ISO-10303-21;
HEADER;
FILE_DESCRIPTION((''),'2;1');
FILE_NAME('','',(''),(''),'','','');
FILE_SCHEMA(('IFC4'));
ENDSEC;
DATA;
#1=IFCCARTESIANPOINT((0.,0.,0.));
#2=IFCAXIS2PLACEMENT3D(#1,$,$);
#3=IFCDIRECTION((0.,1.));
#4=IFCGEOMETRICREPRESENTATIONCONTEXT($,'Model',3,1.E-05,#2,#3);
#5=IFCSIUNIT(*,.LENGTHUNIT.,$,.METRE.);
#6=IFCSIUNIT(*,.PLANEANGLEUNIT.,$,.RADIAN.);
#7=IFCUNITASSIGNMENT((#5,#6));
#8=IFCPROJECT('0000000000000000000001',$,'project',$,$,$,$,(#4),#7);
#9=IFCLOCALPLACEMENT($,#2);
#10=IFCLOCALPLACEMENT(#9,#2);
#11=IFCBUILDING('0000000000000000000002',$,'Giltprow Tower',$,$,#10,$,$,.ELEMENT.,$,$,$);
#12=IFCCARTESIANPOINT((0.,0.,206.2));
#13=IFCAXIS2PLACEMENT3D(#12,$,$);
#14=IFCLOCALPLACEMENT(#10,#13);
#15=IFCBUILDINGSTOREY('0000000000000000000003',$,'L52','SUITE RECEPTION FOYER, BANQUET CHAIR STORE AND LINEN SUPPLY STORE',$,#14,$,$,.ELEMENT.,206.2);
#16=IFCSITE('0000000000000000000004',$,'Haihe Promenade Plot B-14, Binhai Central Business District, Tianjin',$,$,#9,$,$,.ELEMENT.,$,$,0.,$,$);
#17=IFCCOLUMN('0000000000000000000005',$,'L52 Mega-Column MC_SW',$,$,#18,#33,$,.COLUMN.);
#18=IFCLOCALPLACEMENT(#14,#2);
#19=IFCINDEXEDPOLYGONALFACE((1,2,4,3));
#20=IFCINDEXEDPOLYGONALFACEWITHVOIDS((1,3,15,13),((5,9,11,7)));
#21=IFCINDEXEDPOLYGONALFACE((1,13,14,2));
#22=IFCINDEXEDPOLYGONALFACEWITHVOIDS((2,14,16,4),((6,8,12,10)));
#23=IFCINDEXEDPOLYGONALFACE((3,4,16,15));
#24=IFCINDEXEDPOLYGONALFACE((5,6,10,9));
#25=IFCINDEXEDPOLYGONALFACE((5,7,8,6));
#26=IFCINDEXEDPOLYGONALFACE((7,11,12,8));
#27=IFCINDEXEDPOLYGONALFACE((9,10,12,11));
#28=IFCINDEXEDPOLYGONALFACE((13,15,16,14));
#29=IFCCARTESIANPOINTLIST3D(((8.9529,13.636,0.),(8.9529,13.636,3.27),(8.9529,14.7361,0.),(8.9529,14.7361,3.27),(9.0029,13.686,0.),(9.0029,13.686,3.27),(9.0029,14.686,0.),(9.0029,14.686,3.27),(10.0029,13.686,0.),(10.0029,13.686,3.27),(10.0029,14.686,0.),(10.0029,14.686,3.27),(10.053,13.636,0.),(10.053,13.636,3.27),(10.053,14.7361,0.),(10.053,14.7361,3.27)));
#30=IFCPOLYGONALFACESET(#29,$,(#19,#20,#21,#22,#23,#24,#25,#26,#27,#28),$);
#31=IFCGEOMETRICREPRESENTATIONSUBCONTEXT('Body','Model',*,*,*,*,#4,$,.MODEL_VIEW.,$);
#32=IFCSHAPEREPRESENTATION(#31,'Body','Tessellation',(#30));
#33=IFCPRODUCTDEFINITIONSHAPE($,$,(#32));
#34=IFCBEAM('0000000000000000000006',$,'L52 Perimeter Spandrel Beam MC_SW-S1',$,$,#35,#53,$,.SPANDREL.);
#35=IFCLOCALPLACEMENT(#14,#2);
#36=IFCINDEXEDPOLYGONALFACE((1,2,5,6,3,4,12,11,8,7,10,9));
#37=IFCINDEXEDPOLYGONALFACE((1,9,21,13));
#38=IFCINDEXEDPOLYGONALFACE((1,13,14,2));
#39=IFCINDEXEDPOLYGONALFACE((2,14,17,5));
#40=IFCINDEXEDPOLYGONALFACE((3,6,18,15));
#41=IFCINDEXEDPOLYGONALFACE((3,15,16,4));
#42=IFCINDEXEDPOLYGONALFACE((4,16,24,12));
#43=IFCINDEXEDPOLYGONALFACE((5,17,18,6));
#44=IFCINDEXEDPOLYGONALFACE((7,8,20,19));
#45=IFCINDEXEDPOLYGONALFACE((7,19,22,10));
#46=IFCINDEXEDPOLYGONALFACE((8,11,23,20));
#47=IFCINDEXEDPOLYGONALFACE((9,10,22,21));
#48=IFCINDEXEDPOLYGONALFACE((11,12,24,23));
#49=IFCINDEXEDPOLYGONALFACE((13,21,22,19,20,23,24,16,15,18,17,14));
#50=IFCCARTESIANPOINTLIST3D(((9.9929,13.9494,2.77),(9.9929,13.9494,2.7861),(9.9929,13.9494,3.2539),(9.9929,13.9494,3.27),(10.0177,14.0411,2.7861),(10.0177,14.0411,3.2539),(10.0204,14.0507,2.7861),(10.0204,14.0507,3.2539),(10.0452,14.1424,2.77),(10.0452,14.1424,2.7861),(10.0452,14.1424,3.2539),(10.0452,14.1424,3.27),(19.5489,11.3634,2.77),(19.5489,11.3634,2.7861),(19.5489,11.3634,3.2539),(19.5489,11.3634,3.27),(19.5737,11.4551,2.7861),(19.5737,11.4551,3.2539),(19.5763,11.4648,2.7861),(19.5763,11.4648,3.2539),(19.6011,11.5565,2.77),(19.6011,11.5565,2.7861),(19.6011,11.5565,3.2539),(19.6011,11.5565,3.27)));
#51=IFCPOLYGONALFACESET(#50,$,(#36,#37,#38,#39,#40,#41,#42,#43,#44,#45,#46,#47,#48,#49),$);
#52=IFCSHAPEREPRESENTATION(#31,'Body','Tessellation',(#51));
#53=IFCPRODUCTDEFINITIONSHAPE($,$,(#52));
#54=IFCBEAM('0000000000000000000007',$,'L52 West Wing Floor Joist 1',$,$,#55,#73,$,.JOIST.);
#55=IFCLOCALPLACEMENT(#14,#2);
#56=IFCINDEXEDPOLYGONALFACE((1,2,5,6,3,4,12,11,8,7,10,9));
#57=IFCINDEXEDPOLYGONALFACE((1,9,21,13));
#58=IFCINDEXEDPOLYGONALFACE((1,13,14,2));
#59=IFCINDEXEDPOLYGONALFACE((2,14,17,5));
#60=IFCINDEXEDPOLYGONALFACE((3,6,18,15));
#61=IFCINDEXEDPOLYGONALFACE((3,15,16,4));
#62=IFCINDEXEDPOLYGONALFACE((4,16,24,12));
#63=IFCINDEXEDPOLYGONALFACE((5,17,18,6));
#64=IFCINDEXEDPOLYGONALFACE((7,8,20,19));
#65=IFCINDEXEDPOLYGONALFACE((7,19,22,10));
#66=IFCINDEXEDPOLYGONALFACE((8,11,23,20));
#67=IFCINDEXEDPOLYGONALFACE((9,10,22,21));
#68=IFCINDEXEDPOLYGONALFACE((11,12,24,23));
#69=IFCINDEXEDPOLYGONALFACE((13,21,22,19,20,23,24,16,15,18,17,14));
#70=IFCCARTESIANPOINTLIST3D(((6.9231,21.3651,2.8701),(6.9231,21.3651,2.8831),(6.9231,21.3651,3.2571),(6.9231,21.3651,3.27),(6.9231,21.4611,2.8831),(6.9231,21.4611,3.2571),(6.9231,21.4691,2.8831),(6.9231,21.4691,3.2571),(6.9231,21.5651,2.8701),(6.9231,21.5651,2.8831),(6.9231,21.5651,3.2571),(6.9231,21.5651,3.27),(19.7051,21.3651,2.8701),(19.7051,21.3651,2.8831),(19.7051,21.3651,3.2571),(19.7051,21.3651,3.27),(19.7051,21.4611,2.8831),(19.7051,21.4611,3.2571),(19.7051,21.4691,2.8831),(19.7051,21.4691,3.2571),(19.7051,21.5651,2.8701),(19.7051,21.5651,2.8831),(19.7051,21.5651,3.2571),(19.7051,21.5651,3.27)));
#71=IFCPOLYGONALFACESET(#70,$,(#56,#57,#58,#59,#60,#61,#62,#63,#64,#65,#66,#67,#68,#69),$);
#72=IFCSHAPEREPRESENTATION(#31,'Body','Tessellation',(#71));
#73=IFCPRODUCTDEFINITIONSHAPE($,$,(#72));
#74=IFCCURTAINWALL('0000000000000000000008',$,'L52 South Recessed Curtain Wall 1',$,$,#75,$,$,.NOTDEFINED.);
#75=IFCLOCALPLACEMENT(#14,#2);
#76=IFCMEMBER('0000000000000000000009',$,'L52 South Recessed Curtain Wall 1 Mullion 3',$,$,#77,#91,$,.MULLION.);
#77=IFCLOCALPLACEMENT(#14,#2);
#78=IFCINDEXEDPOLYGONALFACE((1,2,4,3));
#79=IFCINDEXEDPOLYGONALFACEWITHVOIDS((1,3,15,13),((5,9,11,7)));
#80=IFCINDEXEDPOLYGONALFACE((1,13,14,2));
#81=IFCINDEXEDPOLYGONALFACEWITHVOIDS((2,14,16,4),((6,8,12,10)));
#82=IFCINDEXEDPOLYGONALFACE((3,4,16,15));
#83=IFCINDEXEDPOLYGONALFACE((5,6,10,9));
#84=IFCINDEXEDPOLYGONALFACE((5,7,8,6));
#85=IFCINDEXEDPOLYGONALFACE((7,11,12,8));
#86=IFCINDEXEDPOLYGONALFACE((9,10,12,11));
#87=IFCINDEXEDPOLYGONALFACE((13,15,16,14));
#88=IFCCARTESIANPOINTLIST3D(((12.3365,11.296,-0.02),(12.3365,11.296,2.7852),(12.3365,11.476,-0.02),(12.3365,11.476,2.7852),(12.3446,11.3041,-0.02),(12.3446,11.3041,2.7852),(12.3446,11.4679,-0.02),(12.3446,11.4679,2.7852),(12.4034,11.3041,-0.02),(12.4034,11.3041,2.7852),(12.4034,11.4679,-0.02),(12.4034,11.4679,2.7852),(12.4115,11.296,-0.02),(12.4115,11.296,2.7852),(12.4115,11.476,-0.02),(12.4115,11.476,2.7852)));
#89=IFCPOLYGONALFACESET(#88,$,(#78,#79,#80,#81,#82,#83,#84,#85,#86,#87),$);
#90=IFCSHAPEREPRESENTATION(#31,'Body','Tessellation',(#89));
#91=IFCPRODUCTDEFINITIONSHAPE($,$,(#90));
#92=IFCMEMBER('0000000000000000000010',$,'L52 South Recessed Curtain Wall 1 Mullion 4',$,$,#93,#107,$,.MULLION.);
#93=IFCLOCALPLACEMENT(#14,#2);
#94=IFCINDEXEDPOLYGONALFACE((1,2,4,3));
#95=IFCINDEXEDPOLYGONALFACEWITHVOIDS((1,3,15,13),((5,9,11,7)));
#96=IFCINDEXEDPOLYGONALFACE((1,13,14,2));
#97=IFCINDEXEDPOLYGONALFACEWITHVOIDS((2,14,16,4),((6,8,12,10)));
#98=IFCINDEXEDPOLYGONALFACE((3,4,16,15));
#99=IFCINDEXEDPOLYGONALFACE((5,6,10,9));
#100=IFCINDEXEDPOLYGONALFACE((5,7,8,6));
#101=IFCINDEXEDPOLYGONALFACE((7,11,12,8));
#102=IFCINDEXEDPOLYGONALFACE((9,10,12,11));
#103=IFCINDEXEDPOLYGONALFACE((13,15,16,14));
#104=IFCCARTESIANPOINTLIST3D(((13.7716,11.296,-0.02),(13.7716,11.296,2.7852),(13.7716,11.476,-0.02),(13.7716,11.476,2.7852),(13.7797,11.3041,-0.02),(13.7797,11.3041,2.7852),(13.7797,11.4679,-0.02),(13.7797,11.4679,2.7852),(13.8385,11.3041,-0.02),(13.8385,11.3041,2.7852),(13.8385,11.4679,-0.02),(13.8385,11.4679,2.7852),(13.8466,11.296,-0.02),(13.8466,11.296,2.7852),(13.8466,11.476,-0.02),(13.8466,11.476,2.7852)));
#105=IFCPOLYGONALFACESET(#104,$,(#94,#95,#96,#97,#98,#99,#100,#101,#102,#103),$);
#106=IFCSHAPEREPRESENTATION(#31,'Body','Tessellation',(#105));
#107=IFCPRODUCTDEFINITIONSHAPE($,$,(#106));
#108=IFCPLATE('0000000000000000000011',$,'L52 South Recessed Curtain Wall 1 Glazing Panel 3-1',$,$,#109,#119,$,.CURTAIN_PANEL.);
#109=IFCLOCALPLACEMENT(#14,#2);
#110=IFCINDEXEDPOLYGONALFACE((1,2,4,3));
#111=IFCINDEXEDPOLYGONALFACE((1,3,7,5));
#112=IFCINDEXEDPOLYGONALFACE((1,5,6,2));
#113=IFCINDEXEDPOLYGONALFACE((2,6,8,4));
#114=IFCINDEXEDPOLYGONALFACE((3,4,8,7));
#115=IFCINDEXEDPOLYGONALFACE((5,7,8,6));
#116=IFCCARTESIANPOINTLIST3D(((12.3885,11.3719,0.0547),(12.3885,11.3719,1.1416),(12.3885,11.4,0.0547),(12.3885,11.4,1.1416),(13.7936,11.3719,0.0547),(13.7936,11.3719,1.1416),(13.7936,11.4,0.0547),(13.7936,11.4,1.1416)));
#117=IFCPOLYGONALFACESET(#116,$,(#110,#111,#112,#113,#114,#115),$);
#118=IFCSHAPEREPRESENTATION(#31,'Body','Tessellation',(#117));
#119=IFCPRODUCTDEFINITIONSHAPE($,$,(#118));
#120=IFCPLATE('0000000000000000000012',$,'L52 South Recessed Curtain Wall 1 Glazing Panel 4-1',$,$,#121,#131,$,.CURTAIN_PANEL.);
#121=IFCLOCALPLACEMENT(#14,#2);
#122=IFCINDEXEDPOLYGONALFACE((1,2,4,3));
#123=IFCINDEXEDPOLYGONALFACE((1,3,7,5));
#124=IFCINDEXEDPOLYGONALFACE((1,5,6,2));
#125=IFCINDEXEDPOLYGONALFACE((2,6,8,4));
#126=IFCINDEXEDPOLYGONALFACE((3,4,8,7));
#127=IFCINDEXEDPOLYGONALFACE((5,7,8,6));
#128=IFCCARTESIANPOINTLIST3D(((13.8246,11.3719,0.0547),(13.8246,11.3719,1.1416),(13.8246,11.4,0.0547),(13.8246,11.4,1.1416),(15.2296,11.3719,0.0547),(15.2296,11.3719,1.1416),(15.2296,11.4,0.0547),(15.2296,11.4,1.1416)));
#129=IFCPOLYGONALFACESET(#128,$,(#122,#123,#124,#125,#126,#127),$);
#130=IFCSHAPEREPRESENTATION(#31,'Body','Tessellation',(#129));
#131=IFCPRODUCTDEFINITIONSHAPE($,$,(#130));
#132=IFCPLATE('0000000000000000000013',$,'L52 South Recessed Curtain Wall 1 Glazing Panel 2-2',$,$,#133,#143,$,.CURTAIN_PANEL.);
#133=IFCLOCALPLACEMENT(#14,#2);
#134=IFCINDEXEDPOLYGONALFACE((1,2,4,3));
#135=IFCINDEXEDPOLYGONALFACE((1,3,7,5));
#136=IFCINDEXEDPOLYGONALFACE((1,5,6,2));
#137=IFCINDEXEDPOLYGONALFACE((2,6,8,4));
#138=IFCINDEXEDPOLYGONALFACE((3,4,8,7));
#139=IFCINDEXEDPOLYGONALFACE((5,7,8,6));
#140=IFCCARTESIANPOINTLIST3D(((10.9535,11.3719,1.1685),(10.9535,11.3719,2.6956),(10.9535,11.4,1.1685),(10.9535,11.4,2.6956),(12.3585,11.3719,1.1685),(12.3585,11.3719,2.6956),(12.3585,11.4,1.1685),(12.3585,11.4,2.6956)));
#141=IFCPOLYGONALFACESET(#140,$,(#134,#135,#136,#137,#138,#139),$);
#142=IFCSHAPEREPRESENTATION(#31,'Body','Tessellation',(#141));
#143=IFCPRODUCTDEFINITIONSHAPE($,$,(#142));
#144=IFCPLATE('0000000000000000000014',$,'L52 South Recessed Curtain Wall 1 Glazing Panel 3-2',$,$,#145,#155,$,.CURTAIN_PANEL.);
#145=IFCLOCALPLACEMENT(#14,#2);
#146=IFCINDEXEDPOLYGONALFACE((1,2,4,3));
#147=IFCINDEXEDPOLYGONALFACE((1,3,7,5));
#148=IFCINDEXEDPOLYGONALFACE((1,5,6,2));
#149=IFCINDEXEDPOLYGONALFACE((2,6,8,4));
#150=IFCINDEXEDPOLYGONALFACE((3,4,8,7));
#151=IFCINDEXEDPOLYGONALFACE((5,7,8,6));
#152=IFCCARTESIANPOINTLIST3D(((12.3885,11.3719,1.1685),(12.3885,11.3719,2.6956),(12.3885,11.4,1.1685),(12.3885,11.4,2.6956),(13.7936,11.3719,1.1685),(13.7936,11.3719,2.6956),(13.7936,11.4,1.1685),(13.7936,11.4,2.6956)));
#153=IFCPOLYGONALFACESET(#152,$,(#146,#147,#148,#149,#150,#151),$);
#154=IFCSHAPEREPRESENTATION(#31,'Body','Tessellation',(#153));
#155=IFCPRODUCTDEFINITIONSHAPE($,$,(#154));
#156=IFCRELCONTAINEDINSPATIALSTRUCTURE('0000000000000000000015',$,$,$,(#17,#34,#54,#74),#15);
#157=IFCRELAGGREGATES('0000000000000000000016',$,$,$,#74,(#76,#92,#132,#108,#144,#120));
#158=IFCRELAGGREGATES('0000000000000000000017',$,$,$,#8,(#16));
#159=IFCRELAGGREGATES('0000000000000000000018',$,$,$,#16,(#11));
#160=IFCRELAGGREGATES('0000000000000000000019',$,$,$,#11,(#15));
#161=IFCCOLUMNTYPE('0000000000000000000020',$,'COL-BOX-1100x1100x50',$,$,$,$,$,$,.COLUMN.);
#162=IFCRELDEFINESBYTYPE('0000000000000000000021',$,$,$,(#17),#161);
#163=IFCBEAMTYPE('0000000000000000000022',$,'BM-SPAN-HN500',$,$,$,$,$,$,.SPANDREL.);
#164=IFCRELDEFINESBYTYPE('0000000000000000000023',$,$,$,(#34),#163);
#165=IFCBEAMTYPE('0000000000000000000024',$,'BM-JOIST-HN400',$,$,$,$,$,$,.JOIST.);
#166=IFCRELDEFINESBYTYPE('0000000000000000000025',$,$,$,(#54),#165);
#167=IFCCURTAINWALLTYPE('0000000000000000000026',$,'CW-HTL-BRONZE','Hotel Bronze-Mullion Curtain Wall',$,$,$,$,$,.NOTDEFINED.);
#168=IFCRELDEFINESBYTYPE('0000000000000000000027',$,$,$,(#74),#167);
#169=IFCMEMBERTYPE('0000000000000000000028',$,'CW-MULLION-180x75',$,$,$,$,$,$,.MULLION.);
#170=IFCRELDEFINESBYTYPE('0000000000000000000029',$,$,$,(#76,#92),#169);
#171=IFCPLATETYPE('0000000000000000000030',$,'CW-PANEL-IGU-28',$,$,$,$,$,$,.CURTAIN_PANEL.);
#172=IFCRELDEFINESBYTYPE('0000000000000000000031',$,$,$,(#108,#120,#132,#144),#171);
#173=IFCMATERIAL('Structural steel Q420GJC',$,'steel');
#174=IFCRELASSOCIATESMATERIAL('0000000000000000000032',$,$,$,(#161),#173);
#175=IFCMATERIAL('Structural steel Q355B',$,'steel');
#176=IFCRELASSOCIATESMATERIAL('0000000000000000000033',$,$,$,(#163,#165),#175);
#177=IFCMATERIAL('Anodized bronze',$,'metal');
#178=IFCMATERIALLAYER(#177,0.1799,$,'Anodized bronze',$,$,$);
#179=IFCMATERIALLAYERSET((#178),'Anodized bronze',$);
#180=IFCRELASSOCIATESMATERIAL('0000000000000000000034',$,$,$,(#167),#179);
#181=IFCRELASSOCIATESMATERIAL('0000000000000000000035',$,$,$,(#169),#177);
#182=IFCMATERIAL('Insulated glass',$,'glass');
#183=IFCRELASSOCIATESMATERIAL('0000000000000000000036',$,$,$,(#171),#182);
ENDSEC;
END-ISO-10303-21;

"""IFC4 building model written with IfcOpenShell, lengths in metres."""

from ifc_helpers import new_model, si_unit, direction, frame, origin, origin_2d, place, context, subcontext, project, spatial, rectangle, hollow_rectangle, i_section, extrude, source, transform, mapped, material, layer, layer_set, material_profile, profile_set, type_object, element, aggregate, save


model = new_model("IFC4")

# Units and contexts
model_context = context("Model", 3, precision=1e-05, world=origin(), true_north=direction((0.0, 1.0)))
body_context = subcontext(model_context, "Body", "Model", "MODEL_VIEW")
ifc_project = project(units=[si_unit("LENGTHUNIT", "METRE"), si_unit("PLANEANGLEUNIT", "RADIAN")], contexts=[model_context])

# Site, building, storey
site_placement = place(None, origin())
site = spatial("IfcSite", under=ifc_project, at=site_placement, Name="Haihe Promenade Plot B-14, Binhai Central Business District, Tianjin", CompositionType="ELEMENT", RefElevation=0.0)
building_placement = place(site_placement, origin())
building = spatial("IfcBuilding", under=site, at=building_placement, Name="Giltprow Tower", CompositionType="ELEMENT")
storey_placement = place(building_placement, frame((0.0, 0.0, 206.2)))
storey = spatial("IfcBuildingStorey", under=building, at=storey_placement, Name="L52", Description="SUITE RECEPTION FOYER, BANQUET CHAIR STORE AND LINEN SUPPLY STORE", CompositionType="ELEMENT", Elevation=206.2)

# Column
ifc_material_1 = material(Name="Structural steel Q420GJC", Category="steel")
ifc_material_profile_1 = material_profile(ifc_material_1, hollow_rectangle(XDim=1.1001, YDim=1.1001, WallThickness=0.05, at=origin_2d()), Name="BOX 1100x1100x50")
ifc_profile_set_1 = profile_set([ifc_material_profile_1], Name="Structural steel Q420GJC")
column_type = type_object("IfcColumnType", Name="COL-BOX-1100x1100x50", PredefinedType="COLUMN", material=ifc_profile_set_1)
shared_shape_1 = source(origin(), body_context, "Body", "SweptSolid", [
    extrude(hollow_rectangle(XDim=1.1001, YDim=1.1001, WallThickness=0.05, at=origin_2d()), origin(), (0.0, 0.0, 1.0), 3.27),
])
column_placement = place(storey_placement, frame((9.5029, 14.186, 0.0), z_axis=(0.0, 0.0, 1.0), x_axis=(1.0, 0.0, 0.0)))
element("IfcColumn", 1, at=column_placement, inside=storey, type_object=column_type, Name="L52 Mega-Column MC_SW", PredefinedType="COLUMN", context=body_context, shape_type="MappedRepresentation", body=[
    mapped(shared_shape_1, transform((0.0, 0.0, 0.0), x_axis=(1.0, 0.0, 0.0), y_axis=(0.0, 1.0, 0.0), z_axis=(0.0, 0.0, 1.0), scale=1.0)),
])

# Beams
ifc_material_2 = material(Name="Structural steel Q355B", Category="steel")
ifc_material_profile_2 = material_profile(ifc_material_2, i_section(OverallWidth=0.2, OverallDepth=0.5, WebThickness=0.01, FlangeThickness=0.0161, at=origin_2d()), Name="HN 500x200x10x16")
ifc_profile_set_2 = profile_set([ifc_material_profile_2], Name="Structural steel Q355B")
beam_type_1 = type_object("IfcBeamType", Name="BM-SPAN-HN500", PredefinedType="SPANDREL", material=ifc_profile_set_2)
shared_shape_2 = source(origin(), body_context, "Body", "SweptSolid", [
    extrude(i_section(OverallWidth=0.2, OverallDepth=0.5, WebThickness=0.01, FlangeThickness=0.0161, at=origin_2d()), origin(), (0.0, 0.0, 1.0), 9.8997),
])
beam_1_placement = place(storey_placement, frame((10.019, 14.0459, 3.02), z_axis=(0.96528, -0.261216, 0.0), x_axis=(0.261216, 0.96528, 0.0)))
element("IfcBeam", 2, at=beam_1_placement, inside=storey, type_object=beam_type_1, Name="L52 Perimeter Spandrel Beam MC_SW-S1", PredefinedType="SPANDREL", context=body_context, shape_type="MappedRepresentation", body=[
    mapped(shared_shape_2, transform((0.0, 0.0, 0.0), x_axis=(1.0, 0.0, 0.0), y_axis=(0.0, 1.0, 0.0), z_axis=(0.0, 0.0, 1.0), scale=1.0)),
])
ifc_material_profile_3 = material_profile(ifc_material_2, i_section(OverallWidth=0.2, OverallDepth=0.3999, WebThickness=0.0081, FlangeThickness=0.0129, at=origin_2d()), Name="HN 400x200x8x13")
ifc_profile_set_3 = profile_set([ifc_material_profile_3], Name="Structural steel Q355B")
beam_type_2 = type_object("IfcBeamType", Name="BM-JOIST-HN400", PredefinedType="JOIST", material=ifc_profile_set_3)
shared_shape_3 = source(origin(), body_context, "Body", "SweptSolid", [
    extrude(i_section(OverallWidth=0.2, OverallDepth=0.3999, WebThickness=0.0081, FlangeThickness=0.0129, at=origin_2d()), origin(), (0.0, 0.0, 1.0), 12.782),
])
beam_2_placement = place(storey_placement, frame((6.9231, 21.4651, 3.0701), z_axis=(1.0, 0.0, 0.0), x_axis=(0.0, 1.0, 0.0)))
element("IfcBeam", 3, at=beam_2_placement, inside=storey, type_object=beam_type_2, Name="L52 West Wing Floor Joist 1", PredefinedType="JOIST", context=body_context, shape_type="MappedRepresentation", body=[
    mapped(shared_shape_3, transform((0.0, 0.0, 0.0), x_axis=(1.0, 0.0, 0.0), y_axis=(0.0, 1.0, 0.0), z_axis=(0.0, 0.0, 1.0), scale=1.0)),
])

# Curtain wall, members, plates
ifc_material_3 = material(Name="Anodized bronze", Category="metal")
ifc_layer_1 = layer(ifc_material_3, 0.1799, Name="Anodized bronze")
ifc_layer_set_1 = layer_set([ifc_layer_1], Name="Anodized bronze")
curtain_wall_type = type_object("IfcCurtainWallType", Name="CW-HTL-BRONZE", Description="Hotel Bronze-Mullion Curtain Wall", PredefinedType="NOTDEFINED", material=ifc_layer_set_1)
curtain_wall_placement = place(storey_placement, origin())
curtain_wall = element("IfcCurtainWall", 4, at=curtain_wall_placement, inside=storey, type_object=curtain_wall_type, Name="L52 South Recessed Curtain Wall 1", PredefinedType="NOTDEFINED")
ifc_material_profile_4 = material_profile(ifc_material_3, hollow_rectangle(XDim=0.075, YDim=0.1799, WallThickness=0.0081, at=origin_2d()), Name="RHS 180x75x8")
ifc_profile_set_4 = profile_set([ifc_material_profile_4], Name="Anodized bronze")
member_type = type_object("IfcMemberType", Name="CW-MULLION-180x75", PredefinedType="MULLION", material=ifc_profile_set_4)
shared_shape_4 = source(origin(), body_context, "Body", "SweptSolid", [
    extrude(hollow_rectangle(XDim=0.075, YDim=0.1799, WallThickness=0.0081, at=origin_2d()), origin(), (0.0, 0.0, 1.0), 2.8052),
])
member_1_placement = place(storey_placement, frame((12.374, 11.386, -0.02), z_axis=(0.0, 0.0, 1.0), x_axis=(1.0, 0.0, 0.0)))
member_1 = element("IfcMember", 5, at=member_1_placement, type_object=member_type, Name="L52 South Recessed Curtain Wall 1 Mullion 3", PredefinedType="MULLION", context=body_context, shape_type="MappedRepresentation", body=[
    mapped(shared_shape_4, transform((0.0, 0.0, 0.0), x_axis=(1.0, 0.0, 0.0), y_axis=(0.0, 1.0, 0.0), z_axis=(0.0, 0.0, 1.0), scale=1.0)),
])
member_2_placement = place(storey_placement, frame((13.8091, 11.386, -0.02), z_axis=(0.0, 0.0, 1.0), x_axis=(1.0, 0.0, 0.0)))
member_2 = element("IfcMember", 6, at=member_2_placement, type_object=member_type, Name="L52 South Recessed Curtain Wall 1 Mullion 4", PredefinedType="MULLION", context=body_context, shape_type="MappedRepresentation", body=[
    mapped(shared_shape_4, transform((0.0, 0.0, 0.0), x_axis=(1.0, 0.0, 0.0), y_axis=(0.0, 1.0, 0.0), z_axis=(0.0, 0.0, 1.0), scale=1.0)),
])
ifc_material_4 = material(Name="Insulated glass", Category="glass")
plate_type = type_object("IfcPlateType", Name="CW-PANEL-IGU-28", PredefinedType="CURTAIN_PANEL", material=ifc_material_4)
shared_shape_5 = source(origin(), body_context, "Body", "SweptSolid", [
    extrude(rectangle(XDim=1.405, YDim=0.0281, at=origin_2d()), origin(), (0.0, 0.0, 1.0), 1.0869),
])
plate_1_placement = place(storey_placement, frame((13.0911, 11.386, 0.0547), z_axis=(0.0, 0.0, 1.0), x_axis=(1.0, 0.0, 0.0)))
plate_1 = element("IfcPlate", 7, at=plate_1_placement, type_object=plate_type, Name="L52 South Recessed Curtain Wall 1 Glazing Panel 3-1", PredefinedType="CURTAIN_PANEL", context=body_context, shape_type="MappedRepresentation", body=[
    mapped(shared_shape_5, transform((0.0, 0.0, 0.0), x_axis=(1.0, 0.0, 0.0), y_axis=(0.0, 1.0, 0.0), z_axis=(0.0, 0.0, 1.0), scale=1.0)),
])
plate_2_placement = place(storey_placement, frame((14.5271, 11.386, 0.0547), z_axis=(0.0, 0.0, 1.0), x_axis=(1.0, 0.0, 0.0)))
plate_2 = element("IfcPlate", 8, at=plate_2_placement, type_object=plate_type, Name="L52 South Recessed Curtain Wall 1 Glazing Panel 4-1", PredefinedType="CURTAIN_PANEL", context=body_context, shape_type="MappedRepresentation", body=[
    mapped(shared_shape_5, transform((0.0, 0.0, 0.0), x_axis=(1.0, 0.0, 0.0), y_axis=(0.0, 1.0, 0.0), z_axis=(0.0, 0.0, 1.0), scale=1.0)),
])
shared_shape_6 = source(origin(), body_context, "Body", "SweptSolid", [
    extrude(rectangle(XDim=1.405, YDim=0.0281, at=origin_2d()), origin(), (0.0, 0.0, 1.0), 1.5271),
])
plate_3_placement = place(storey_placement, frame((11.656, 11.386, 1.1685), z_axis=(0.0, 0.0, 1.0), x_axis=(1.0, 0.0, 0.0)))
plate_3 = element("IfcPlate", 9, at=plate_3_placement, type_object=plate_type, Name="L52 South Recessed Curtain Wall 1 Glazing Panel 2-2", PredefinedType="CURTAIN_PANEL", context=body_context, shape_type="MappedRepresentation", body=[
    mapped(shared_shape_6, transform((0.0, 0.0, 0.0), x_axis=(1.0, 0.0, 0.0), y_axis=(0.0, 1.0, 0.0), z_axis=(0.0, 0.0, 1.0), scale=1.0)),
])
plate_4_placement = place(storey_placement, frame((13.0911, 11.386, 1.1685), z_axis=(0.0, 0.0, 1.0), x_axis=(1.0, 0.0, 0.0)))
plate_4 = element("IfcPlate", 10, at=plate_4_placement, type_object=plate_type, Name="L52 South Recessed Curtain Wall 1 Glazing Panel 3-2", PredefinedType="CURTAIN_PANEL", context=body_context, shape_type="MappedRepresentation", body=[
    mapped(shared_shape_6, transform((0.0, 0.0, 0.0), x_axis=(1.0, 0.0, 0.0), y_axis=(0.0, 1.0, 0.0), z_axis=(0.0, 0.0, 1.0), scale=1.0)),
])
aggregate(curtain_wall, [member_1, member_2, plate_3, plate_1, plate_4, plate_2])

save(model, "model.ifc")
